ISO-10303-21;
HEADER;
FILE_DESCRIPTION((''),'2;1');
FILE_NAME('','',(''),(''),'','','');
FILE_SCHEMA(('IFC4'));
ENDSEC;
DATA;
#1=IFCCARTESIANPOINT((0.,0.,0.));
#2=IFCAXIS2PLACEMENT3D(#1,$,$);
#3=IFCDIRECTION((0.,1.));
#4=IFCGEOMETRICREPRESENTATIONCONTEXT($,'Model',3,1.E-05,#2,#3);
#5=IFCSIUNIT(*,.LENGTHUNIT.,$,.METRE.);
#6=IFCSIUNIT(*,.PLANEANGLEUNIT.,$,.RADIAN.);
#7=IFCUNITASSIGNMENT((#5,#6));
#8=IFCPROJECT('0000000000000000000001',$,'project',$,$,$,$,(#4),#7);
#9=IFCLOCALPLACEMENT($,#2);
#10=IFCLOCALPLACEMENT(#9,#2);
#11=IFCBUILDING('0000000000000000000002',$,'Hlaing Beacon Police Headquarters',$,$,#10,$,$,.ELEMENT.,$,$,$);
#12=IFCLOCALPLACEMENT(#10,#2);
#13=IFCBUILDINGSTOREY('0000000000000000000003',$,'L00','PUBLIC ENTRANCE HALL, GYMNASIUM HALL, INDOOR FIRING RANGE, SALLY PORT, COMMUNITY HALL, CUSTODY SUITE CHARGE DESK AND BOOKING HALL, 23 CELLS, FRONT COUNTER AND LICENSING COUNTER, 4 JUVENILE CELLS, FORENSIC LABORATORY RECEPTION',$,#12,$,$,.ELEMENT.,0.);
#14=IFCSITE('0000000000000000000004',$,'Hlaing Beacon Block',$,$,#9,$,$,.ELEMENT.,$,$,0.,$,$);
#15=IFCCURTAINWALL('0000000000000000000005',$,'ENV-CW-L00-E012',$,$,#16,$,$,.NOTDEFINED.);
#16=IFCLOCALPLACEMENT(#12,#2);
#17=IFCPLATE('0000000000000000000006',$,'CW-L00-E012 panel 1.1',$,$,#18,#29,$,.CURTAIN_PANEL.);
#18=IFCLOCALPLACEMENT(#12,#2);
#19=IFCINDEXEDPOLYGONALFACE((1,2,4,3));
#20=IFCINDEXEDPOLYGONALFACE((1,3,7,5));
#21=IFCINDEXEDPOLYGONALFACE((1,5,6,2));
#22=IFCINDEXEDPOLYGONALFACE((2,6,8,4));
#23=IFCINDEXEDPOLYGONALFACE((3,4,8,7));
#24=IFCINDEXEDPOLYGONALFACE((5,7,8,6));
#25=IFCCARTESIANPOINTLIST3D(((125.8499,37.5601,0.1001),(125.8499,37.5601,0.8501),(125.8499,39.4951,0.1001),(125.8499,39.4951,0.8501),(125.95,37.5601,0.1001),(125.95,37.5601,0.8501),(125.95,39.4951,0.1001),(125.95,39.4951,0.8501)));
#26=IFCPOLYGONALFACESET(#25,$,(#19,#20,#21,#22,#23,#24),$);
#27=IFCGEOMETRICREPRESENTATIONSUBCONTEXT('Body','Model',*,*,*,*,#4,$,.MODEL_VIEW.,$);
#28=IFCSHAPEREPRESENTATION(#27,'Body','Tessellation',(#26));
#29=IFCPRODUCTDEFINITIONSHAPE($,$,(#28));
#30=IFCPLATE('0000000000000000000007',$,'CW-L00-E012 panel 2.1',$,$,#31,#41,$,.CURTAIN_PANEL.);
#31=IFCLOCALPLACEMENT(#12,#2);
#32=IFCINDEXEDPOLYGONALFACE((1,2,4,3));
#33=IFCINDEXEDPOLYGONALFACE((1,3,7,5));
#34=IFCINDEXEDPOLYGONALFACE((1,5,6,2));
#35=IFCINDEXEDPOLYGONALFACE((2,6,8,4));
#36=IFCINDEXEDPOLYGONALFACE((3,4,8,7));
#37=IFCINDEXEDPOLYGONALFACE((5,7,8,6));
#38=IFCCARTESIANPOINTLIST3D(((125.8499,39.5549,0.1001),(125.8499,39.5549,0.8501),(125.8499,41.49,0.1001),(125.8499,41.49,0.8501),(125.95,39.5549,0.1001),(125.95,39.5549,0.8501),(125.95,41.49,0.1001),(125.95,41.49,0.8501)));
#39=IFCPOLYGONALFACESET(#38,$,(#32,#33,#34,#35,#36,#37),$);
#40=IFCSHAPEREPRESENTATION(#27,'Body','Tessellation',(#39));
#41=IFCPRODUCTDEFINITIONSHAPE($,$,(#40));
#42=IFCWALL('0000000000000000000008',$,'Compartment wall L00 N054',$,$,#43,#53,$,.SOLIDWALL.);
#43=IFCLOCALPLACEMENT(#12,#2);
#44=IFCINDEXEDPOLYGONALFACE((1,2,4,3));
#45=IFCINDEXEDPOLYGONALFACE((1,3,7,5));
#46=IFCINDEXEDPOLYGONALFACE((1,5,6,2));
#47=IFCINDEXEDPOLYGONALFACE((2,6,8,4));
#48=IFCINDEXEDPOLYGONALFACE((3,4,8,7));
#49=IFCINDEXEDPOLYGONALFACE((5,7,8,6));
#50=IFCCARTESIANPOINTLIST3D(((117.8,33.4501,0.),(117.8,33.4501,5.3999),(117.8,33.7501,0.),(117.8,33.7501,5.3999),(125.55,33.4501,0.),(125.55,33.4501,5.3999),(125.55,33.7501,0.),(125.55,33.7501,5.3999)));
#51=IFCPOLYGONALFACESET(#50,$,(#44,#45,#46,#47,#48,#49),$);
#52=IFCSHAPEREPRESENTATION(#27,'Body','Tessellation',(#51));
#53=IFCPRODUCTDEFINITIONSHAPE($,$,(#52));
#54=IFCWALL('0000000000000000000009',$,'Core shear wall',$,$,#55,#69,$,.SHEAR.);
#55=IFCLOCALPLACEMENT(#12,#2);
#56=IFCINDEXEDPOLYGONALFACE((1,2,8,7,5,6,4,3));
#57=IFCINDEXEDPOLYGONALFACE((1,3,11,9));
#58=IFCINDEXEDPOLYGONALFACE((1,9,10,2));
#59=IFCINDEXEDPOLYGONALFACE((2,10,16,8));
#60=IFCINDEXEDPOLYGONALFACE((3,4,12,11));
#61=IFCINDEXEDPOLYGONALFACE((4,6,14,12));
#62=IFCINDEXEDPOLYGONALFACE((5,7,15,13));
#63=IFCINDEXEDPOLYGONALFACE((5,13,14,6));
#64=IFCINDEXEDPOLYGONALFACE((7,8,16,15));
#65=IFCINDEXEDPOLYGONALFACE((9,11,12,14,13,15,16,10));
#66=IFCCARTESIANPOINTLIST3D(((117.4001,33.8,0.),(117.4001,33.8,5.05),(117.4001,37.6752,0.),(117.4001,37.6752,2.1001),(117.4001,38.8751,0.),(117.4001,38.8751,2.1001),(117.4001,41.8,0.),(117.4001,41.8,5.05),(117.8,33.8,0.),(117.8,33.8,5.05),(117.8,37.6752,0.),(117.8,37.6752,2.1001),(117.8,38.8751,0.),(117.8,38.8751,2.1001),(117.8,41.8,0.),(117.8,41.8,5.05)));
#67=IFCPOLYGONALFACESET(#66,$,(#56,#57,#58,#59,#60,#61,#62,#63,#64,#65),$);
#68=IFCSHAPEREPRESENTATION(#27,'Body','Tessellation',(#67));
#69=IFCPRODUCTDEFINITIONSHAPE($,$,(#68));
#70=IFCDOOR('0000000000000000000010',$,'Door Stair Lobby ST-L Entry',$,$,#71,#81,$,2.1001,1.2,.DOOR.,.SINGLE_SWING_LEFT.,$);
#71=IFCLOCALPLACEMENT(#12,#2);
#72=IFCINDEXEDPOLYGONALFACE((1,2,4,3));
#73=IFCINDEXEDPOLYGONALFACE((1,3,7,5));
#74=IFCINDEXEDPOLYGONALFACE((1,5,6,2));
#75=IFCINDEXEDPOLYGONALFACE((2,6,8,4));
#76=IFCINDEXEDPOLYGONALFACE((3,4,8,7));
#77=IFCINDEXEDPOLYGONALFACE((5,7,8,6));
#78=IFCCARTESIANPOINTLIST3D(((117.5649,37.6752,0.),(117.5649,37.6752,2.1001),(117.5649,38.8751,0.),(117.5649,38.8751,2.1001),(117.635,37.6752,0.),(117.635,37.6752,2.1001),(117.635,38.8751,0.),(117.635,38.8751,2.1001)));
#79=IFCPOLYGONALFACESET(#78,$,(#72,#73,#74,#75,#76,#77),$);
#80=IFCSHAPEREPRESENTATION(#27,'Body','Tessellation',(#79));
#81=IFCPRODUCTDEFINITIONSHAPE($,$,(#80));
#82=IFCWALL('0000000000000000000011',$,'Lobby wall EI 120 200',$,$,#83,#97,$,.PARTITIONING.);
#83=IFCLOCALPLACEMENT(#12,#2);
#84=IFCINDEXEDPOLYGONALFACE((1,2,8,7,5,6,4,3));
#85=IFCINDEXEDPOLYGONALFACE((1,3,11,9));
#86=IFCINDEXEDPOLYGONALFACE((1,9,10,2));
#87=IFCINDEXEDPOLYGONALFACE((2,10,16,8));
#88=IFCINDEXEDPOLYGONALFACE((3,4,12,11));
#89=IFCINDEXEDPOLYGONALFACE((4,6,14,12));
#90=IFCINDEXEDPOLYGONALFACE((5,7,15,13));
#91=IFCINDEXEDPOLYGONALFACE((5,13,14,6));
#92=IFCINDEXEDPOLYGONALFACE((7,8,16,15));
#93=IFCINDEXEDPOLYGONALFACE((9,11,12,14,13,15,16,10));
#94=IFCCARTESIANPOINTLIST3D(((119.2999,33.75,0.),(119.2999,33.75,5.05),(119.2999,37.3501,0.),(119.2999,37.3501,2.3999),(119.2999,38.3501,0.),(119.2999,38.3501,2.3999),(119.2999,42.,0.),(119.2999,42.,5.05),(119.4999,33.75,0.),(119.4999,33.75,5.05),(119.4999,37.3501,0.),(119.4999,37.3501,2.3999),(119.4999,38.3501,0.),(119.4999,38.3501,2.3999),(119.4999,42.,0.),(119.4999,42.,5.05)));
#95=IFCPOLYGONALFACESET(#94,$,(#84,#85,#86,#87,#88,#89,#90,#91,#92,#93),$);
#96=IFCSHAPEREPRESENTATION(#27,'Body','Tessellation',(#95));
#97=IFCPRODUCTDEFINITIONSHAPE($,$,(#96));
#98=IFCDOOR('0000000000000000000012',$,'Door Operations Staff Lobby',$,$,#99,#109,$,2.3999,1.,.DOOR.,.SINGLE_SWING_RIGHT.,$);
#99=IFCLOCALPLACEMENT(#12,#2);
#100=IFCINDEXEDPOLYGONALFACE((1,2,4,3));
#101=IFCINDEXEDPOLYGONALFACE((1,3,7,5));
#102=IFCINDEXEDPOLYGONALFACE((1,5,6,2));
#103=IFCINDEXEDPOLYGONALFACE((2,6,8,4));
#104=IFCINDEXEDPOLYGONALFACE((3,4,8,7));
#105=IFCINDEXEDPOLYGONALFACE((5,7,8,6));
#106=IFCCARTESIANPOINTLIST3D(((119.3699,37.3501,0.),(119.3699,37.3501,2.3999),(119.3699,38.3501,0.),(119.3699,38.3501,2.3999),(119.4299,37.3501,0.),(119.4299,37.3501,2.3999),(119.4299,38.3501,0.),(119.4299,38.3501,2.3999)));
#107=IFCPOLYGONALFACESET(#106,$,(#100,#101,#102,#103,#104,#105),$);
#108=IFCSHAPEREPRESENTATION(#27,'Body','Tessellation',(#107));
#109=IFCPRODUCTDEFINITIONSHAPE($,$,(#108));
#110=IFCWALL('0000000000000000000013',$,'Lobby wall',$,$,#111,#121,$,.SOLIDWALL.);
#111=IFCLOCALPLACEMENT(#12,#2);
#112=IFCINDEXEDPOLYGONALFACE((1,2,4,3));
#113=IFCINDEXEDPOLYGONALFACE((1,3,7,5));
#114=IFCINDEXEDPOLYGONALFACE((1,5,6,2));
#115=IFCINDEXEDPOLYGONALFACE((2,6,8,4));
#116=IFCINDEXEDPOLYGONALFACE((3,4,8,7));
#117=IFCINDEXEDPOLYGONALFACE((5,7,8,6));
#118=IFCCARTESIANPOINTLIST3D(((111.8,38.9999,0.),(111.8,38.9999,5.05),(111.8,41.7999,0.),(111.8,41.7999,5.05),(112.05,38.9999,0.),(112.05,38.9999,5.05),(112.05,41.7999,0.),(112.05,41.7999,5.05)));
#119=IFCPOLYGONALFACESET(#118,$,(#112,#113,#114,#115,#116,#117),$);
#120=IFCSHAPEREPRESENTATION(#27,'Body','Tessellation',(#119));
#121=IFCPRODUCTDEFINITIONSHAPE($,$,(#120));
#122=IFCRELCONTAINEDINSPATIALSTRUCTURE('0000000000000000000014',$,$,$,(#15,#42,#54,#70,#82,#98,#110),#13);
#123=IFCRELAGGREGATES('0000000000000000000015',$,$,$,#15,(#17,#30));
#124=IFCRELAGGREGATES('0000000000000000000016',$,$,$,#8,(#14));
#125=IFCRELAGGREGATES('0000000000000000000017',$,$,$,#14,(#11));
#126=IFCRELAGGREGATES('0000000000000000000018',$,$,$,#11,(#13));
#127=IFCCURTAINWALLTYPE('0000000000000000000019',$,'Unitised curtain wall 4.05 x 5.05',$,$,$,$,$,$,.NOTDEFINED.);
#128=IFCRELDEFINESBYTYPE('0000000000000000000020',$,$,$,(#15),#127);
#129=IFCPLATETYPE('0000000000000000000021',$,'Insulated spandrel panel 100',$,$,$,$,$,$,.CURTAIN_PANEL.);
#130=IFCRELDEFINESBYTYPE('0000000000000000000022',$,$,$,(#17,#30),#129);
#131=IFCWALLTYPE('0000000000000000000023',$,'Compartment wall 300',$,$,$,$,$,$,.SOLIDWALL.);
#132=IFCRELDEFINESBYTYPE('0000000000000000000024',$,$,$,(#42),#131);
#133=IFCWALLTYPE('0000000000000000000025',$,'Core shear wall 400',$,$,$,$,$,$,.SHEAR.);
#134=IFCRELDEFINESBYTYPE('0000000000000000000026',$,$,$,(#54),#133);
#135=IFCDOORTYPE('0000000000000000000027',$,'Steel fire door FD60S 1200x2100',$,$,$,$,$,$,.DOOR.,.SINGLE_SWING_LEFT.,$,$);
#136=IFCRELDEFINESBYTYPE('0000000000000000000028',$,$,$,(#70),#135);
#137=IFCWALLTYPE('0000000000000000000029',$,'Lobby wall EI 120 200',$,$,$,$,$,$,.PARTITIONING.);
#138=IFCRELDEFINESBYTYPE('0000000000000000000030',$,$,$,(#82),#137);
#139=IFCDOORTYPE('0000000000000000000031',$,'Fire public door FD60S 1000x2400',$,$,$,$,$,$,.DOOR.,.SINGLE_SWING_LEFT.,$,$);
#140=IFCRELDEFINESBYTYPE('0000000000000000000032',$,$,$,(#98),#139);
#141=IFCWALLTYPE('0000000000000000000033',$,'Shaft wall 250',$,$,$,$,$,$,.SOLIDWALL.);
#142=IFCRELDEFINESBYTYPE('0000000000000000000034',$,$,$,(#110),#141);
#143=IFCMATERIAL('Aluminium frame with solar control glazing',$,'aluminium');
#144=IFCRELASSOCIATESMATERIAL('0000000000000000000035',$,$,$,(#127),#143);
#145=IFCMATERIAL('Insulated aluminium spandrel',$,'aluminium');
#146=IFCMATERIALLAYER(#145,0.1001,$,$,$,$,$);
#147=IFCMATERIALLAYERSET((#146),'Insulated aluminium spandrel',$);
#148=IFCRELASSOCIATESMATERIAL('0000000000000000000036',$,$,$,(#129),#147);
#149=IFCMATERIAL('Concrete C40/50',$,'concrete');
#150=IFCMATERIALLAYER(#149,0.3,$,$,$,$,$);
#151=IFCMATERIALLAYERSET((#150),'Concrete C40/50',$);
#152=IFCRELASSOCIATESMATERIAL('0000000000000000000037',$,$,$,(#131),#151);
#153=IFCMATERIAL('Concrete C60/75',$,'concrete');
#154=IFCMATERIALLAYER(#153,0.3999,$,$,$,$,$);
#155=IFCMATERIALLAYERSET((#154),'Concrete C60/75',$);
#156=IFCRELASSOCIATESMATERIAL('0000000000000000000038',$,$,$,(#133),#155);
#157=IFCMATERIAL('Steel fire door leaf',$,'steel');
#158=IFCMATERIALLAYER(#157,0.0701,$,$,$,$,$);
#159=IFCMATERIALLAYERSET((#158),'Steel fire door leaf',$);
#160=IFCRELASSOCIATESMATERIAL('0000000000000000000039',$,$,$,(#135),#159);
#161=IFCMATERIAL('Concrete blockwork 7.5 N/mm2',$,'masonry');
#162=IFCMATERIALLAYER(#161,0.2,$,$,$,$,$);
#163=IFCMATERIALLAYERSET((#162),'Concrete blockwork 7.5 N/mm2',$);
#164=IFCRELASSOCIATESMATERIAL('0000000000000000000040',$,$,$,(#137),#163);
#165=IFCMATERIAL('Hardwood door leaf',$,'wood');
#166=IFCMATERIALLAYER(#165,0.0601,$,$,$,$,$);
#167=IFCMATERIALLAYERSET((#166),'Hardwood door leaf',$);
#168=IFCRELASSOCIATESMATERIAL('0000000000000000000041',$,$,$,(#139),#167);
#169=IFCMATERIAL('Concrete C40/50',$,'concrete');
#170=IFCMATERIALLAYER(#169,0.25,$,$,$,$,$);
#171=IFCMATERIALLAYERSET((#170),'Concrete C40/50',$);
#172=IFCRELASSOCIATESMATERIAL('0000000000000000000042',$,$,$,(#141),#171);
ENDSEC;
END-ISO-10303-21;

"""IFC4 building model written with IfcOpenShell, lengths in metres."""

from ifc_helpers import new_model, si_unit, direction, frame, frame_2d, origin, origin_2d, place, context, subcontext, project, spatial, rectangle, extrude, material, layer, layer_set, type_object, element, fill, aggregate, save


model = new_model("IFC4")

# Units and contexts
model_context = context("Model", 3, precision=1e-05, world=origin(), true_north=direction((0.0, 1.0)))
body_context = subcontext(model_context, "Body", "Model", "MODEL_VIEW")
ifc_project = project(units=[si_unit("LENGTHUNIT", "METRE"), si_unit("PLANEANGLEUNIT", "RADIAN")], contexts=[model_context])

# Site, building, storey
site_placement = place(None, origin())
site = spatial("IfcSite", under=ifc_project, at=site_placement, Name="Hlaing Beacon Block", CompositionType="ELEMENT", RefElevation=0.0)
building_placement = place(site_placement, origin())
building = spatial("IfcBuilding", under=site, at=building_placement, Name="Hlaing Beacon Police Headquarters", CompositionType="ELEMENT")
storey_placement = place(building_placement, origin())
storey = spatial("IfcBuildingStorey", under=building, at=storey_placement, Name="L00", Description="PUBLIC ENTRANCE HALL, GYMNASIUM HALL, INDOOR FIRING RANGE, SALLY PORT, COMMUNITY HALL, CUSTODY SUITE CHARGE DESK AND BOOKING HALL, 23 CELLS, FRONT COUNTER AND LICENSING COUNTER, 4 JUVENILE CELLS, FORENSIC LABORATORY RECEPTION", CompositionType="ELEMENT", Elevation=0.0)

# Curtain wall, plates
ifc_material_1 = material(Name="Aluminium frame with solar control glazing", Category="aluminium")
curtain_wall_type = type_object("IfcCurtainWallType", Name="Unitised curtain wall 4.05 x 5.05", PredefinedType="NOTDEFINED", material=ifc_material_1)
curtain_wall_placement = place(storey_placement, origin())
curtain_wall = element("IfcCurtainWall", 1, at=curtain_wall_placement, inside=storey, type_object=curtain_wall_type, Name="ENV-CW-L00-E012", PredefinedType="NOTDEFINED")
ifc_material_2 = material(Name="Insulated aluminium spandrel", Category="aluminium")
ifc_layer_1 = layer(ifc_material_2, 0.1001)
ifc_layer_set_1 = layer_set([ifc_layer_1], Name="Insulated aluminium spandrel")
plate_type_1 = type_object("IfcPlateType", Name="Insulated spandrel panel 100", PredefinedType="CURTAIN_PANEL", material=ifc_layer_set_1)
plate_1_placement = place(storey_placement, frame((125.8999, 38.5276, 0.1001), z_axis=(0.0, 0.0, 1.0), x_axis=(0.0, 1.0, 0.0)))
plate_1 = element("IfcPlate", 2, at=plate_1_placement, type_object=plate_type_1, Name="CW-L00-E012 panel 1.1", PredefinedType="CURTAIN_PANEL", context=body_context, shape_type="SweptSolid", body=[
    extrude(rectangle(XDim=1.9351, YDim=0.1001, at=origin_2d()), origin(), (0.0, 0.0, 1.0), 0.75),
])
plate_2_placement = place(storey_placement, frame((125.8999, 40.5225, 0.1001), z_axis=(0.0, 0.0, 1.0), x_axis=(0.0, 1.0, 0.0)))
plate_2 = element("IfcPlate", 3, at=plate_2_placement, type_object=plate_type_1, Name="CW-L00-E012 panel 2.1", PredefinedType="CURTAIN_PANEL", context=body_context, shape_type="SweptSolid", body=[
    extrude(rectangle(XDim=1.9351, YDim=0.1001, at=origin_2d()), origin(), (0.0, 0.0, 1.0), 0.75),
])
aggregate(curtain_wall, [plate_1, plate_2])

# Wall
ifc_material_3 = material(Name="Concrete C40/50", Category="concrete")
ifc_layer_2 = layer(ifc_material_3, 0.3)
ifc_layer_set_2 = layer_set([ifc_layer_2], Name="Concrete C40/50")
wall_type_1 = type_object("IfcWallType", Name="Compartment wall 300", PredefinedType="SOLIDWALL", material=ifc_layer_set_2)
wall_1_placement = place(storey_placement, frame((125.55, 33.6001, 0.0), z_axis=(0.0, 0.0, 1.0), x_axis=(-1.0, 0.0, 0.0)))
element("IfcWall", 4, at=wall_1_placement, inside=storey, type_object=wall_type_1, Name="Compartment wall L00 N054", PredefinedType="SOLIDWALL", context=body_context, shape_type="SweptSolid", body=[
    extrude(rectangle(XDim=7.75, YDim=0.3, at=frame_2d((3.875, 0.0))), origin(), (0.0, 0.0, 1.0), 5.3999),
])

# Walls, openings, doors
ifc_material_4 = material(Name="Concrete C60/75", Category="concrete")
ifc_layer_3 = layer(ifc_material_4, 0.3999)
ifc_layer_set_3 = layer_set([ifc_layer_3], Name="Concrete C60/75")
wall_type_2 = type_object("IfcWallType", Name="Core shear wall 400", PredefinedType="SHEAR", material=ifc_layer_set_3)
wall_2_placement = place(storey_placement, frame((117.6001, 33.8, 0.0), z_axis=(0.0, 0.0, 1.0), x_axis=(0.0, 1.0, 0.0)))
wall_2 = element("IfcWall", 5, at=wall_2_placement, inside=storey, type_object=wall_type_2, Name="Core shear wall", PredefinedType="SHEAR", context=body_context, shape_type="SweptSolid", body=[
    extrude(rectangle(XDim=8.0, YDim=0.3999, at=frame_2d((4.0, 0.0))), origin(), (0.0, 0.0, 1.0), 5.05),
])
opening_1_placement = place(wall_2_placement, frame((3.875, 0.0, 0.0)))
opening_1 = element("IfcOpeningElement", 6, at=opening_1_placement, cuts=wall_2, PredefinedType="OPENING", context=body_context, shape_type="SweptSolid", body=[
    extrude(rectangle(XDim=1.2, YDim=2.1001, at=frame_2d((0.6001, 1.05))), frame((0.0, 0.21, 0.0), z_axis=(0.0, -1.0, 0.0), x_axis=(1.0, 0.0, 0.0)), (0.0, 0.0, 1.0), 0.4199),
])
ifc_material_5 = material(Name="Steel fire door leaf", Category="steel")
ifc_layer_4 = layer(ifc_material_5, 0.0701)
ifc_layer_set_4 = layer_set([ifc_layer_4], Name="Steel fire door leaf")
door_type_1 = type_object("IfcDoorType", Name="Steel fire door FD60S 1200x2100", OperationType="SINGLE_SWING_LEFT", PredefinedType="DOOR", material=ifc_layer_set_4)
door_1_placement = place(opening_1_placement, origin())
door_1 = element("IfcDoor", 7, at=door_1_placement, inside=storey, type_object=door_type_1, Name="Door Stair Lobby ST-L Entry", OperationType="SINGLE_SWING_LEFT", OverallHeight=2.1001, OverallWidth=1.2, PredefinedType="DOOR", context=body_context, shape_type="SweptSolid", body=[
    extrude(rectangle(XDim=1.2, YDim=2.1001, at=frame_2d((0.6001, 1.05))), frame((0.0, 0.0352, 0.0), z_axis=(0.0, -1.0, 0.0), x_axis=(1.0, 0.0, 0.0)), (0.0, 0.0, 1.0), 0.0701),
])
fill(opening_1, door_1)
ifc_material_6 = material(Name="Concrete blockwork 7.5 N/mm2", Category="masonry")
ifc_layer_5 = layer(ifc_material_6, 0.2)
ifc_layer_set_5 = layer_set([ifc_layer_5], Name="Concrete blockwork 7.5 N/mm2")
wall_type_3 = type_object("IfcWallType", Name="Lobby wall EI 120 200", PredefinedType="PARTITIONING", material=ifc_layer_set_5)
wall_3_placement = place(storey_placement, frame((119.3999, 33.75, 0.0), z_axis=(0.0, 0.0, 1.0), x_axis=(0.0, 1.0, 0.0)))
wall_3 = element("IfcWall", 8, at=wall_3_placement, inside=storey, type_object=wall_type_3, Name="Lobby wall EI 120 200", PredefinedType="PARTITIONING", context=body_context, shape_type="SweptSolid", body=[
    extrude(rectangle(XDim=8.25, YDim=0.2, at=frame_2d((4.125, 0.0))), origin(), (0.0, 0.0, 1.0), 5.05),
])
opening_2_placement = place(wall_3_placement, frame((3.6001, 0.0, 0.0)))
opening_2 = element("IfcOpeningElement", 9, at=opening_2_placement, cuts=wall_3, PredefinedType="OPENING", context=body_context, shape_type="SweptSolid", body=[
    extrude(rectangle(XDim=1.0, YDim=2.3999, at=frame_2d((0.5, 1.2))), frame((0.0, 0.1099, 0.0), z_axis=(0.0, -1.0, 0.0), x_axis=(1.0, 0.0, 0.0)), (0.0, 0.0, 1.0), 0.22),
])
ifc_material_7 = material(Name="Hardwood door leaf", Category="wood")
ifc_layer_6 = layer(ifc_material_7, 0.0601)
ifc_layer_set_6 = layer_set([ifc_layer_6], Name="Hardwood door leaf")
door_type_2 = type_object("IfcDoorType", Name="Fire public door FD60S 1000x2400", OperationType="SINGLE_SWING_LEFT", PredefinedType="DOOR", material=ifc_layer_set_6)
door_2_placement = place(opening_2_placement, frame((1.0, 0.0, 0.0), z_axis=(0.0, 0.0, 1.0), x_axis=(-1.0, 0.0, 0.0)))
door_2 = element("IfcDoor", 10, at=door_2_placement, inside=storey, type_object=door_type_2, Name="Door Operations Staff Lobby", OperationType="SINGLE_SWING_RIGHT", OverallHeight=2.3999, OverallWidth=1.0, PredefinedType="DOOR", context=body_context, shape_type="SweptSolid", body=[
    extrude(rectangle(XDim=1.0, YDim=2.3999, at=frame_2d((0.5, 1.2))), frame((0.0, 0.03, 0.0), z_axis=(0.0, -1.0, 0.0), x_axis=(1.0, 0.0, 0.0)), (0.0, 0.0, 1.0), 0.0601),
])
fill(opening_2, door_2)

# Wall
ifc_material_8 = material(Name="Concrete C40/50", Category="concrete")
ifc_layer_7 = layer(ifc_material_8, 0.25)
ifc_layer_set_7 = layer_set([ifc_layer_7], Name="Concrete C40/50")
wall_type_4 = type_object("IfcWallType", Name="Shaft wall 250", PredefinedType="SOLIDWALL", material=ifc_layer_set_7)
wall_4_placement = place(storey_placement, frame((111.925, 39.0, 0.0), z_axis=(0.0, 0.0, 1.0), x_axis=(0.0, 1.0, 0.0)))
element("IfcWall", 11, at=wall_4_placement, inside=storey, type_object=wall_type_4, Name="Lobby wall", PredefinedType="SOLIDWALL", context=body_context, shape_type="SweptSolid", body=[
    extrude(rectangle(XDim=2.8, YDim=0.25, at=frame_2d((1.3999, 0.0))), origin(), (0.0, 0.0, 1.0), 5.05),
])

save(model, "model.ifc")
